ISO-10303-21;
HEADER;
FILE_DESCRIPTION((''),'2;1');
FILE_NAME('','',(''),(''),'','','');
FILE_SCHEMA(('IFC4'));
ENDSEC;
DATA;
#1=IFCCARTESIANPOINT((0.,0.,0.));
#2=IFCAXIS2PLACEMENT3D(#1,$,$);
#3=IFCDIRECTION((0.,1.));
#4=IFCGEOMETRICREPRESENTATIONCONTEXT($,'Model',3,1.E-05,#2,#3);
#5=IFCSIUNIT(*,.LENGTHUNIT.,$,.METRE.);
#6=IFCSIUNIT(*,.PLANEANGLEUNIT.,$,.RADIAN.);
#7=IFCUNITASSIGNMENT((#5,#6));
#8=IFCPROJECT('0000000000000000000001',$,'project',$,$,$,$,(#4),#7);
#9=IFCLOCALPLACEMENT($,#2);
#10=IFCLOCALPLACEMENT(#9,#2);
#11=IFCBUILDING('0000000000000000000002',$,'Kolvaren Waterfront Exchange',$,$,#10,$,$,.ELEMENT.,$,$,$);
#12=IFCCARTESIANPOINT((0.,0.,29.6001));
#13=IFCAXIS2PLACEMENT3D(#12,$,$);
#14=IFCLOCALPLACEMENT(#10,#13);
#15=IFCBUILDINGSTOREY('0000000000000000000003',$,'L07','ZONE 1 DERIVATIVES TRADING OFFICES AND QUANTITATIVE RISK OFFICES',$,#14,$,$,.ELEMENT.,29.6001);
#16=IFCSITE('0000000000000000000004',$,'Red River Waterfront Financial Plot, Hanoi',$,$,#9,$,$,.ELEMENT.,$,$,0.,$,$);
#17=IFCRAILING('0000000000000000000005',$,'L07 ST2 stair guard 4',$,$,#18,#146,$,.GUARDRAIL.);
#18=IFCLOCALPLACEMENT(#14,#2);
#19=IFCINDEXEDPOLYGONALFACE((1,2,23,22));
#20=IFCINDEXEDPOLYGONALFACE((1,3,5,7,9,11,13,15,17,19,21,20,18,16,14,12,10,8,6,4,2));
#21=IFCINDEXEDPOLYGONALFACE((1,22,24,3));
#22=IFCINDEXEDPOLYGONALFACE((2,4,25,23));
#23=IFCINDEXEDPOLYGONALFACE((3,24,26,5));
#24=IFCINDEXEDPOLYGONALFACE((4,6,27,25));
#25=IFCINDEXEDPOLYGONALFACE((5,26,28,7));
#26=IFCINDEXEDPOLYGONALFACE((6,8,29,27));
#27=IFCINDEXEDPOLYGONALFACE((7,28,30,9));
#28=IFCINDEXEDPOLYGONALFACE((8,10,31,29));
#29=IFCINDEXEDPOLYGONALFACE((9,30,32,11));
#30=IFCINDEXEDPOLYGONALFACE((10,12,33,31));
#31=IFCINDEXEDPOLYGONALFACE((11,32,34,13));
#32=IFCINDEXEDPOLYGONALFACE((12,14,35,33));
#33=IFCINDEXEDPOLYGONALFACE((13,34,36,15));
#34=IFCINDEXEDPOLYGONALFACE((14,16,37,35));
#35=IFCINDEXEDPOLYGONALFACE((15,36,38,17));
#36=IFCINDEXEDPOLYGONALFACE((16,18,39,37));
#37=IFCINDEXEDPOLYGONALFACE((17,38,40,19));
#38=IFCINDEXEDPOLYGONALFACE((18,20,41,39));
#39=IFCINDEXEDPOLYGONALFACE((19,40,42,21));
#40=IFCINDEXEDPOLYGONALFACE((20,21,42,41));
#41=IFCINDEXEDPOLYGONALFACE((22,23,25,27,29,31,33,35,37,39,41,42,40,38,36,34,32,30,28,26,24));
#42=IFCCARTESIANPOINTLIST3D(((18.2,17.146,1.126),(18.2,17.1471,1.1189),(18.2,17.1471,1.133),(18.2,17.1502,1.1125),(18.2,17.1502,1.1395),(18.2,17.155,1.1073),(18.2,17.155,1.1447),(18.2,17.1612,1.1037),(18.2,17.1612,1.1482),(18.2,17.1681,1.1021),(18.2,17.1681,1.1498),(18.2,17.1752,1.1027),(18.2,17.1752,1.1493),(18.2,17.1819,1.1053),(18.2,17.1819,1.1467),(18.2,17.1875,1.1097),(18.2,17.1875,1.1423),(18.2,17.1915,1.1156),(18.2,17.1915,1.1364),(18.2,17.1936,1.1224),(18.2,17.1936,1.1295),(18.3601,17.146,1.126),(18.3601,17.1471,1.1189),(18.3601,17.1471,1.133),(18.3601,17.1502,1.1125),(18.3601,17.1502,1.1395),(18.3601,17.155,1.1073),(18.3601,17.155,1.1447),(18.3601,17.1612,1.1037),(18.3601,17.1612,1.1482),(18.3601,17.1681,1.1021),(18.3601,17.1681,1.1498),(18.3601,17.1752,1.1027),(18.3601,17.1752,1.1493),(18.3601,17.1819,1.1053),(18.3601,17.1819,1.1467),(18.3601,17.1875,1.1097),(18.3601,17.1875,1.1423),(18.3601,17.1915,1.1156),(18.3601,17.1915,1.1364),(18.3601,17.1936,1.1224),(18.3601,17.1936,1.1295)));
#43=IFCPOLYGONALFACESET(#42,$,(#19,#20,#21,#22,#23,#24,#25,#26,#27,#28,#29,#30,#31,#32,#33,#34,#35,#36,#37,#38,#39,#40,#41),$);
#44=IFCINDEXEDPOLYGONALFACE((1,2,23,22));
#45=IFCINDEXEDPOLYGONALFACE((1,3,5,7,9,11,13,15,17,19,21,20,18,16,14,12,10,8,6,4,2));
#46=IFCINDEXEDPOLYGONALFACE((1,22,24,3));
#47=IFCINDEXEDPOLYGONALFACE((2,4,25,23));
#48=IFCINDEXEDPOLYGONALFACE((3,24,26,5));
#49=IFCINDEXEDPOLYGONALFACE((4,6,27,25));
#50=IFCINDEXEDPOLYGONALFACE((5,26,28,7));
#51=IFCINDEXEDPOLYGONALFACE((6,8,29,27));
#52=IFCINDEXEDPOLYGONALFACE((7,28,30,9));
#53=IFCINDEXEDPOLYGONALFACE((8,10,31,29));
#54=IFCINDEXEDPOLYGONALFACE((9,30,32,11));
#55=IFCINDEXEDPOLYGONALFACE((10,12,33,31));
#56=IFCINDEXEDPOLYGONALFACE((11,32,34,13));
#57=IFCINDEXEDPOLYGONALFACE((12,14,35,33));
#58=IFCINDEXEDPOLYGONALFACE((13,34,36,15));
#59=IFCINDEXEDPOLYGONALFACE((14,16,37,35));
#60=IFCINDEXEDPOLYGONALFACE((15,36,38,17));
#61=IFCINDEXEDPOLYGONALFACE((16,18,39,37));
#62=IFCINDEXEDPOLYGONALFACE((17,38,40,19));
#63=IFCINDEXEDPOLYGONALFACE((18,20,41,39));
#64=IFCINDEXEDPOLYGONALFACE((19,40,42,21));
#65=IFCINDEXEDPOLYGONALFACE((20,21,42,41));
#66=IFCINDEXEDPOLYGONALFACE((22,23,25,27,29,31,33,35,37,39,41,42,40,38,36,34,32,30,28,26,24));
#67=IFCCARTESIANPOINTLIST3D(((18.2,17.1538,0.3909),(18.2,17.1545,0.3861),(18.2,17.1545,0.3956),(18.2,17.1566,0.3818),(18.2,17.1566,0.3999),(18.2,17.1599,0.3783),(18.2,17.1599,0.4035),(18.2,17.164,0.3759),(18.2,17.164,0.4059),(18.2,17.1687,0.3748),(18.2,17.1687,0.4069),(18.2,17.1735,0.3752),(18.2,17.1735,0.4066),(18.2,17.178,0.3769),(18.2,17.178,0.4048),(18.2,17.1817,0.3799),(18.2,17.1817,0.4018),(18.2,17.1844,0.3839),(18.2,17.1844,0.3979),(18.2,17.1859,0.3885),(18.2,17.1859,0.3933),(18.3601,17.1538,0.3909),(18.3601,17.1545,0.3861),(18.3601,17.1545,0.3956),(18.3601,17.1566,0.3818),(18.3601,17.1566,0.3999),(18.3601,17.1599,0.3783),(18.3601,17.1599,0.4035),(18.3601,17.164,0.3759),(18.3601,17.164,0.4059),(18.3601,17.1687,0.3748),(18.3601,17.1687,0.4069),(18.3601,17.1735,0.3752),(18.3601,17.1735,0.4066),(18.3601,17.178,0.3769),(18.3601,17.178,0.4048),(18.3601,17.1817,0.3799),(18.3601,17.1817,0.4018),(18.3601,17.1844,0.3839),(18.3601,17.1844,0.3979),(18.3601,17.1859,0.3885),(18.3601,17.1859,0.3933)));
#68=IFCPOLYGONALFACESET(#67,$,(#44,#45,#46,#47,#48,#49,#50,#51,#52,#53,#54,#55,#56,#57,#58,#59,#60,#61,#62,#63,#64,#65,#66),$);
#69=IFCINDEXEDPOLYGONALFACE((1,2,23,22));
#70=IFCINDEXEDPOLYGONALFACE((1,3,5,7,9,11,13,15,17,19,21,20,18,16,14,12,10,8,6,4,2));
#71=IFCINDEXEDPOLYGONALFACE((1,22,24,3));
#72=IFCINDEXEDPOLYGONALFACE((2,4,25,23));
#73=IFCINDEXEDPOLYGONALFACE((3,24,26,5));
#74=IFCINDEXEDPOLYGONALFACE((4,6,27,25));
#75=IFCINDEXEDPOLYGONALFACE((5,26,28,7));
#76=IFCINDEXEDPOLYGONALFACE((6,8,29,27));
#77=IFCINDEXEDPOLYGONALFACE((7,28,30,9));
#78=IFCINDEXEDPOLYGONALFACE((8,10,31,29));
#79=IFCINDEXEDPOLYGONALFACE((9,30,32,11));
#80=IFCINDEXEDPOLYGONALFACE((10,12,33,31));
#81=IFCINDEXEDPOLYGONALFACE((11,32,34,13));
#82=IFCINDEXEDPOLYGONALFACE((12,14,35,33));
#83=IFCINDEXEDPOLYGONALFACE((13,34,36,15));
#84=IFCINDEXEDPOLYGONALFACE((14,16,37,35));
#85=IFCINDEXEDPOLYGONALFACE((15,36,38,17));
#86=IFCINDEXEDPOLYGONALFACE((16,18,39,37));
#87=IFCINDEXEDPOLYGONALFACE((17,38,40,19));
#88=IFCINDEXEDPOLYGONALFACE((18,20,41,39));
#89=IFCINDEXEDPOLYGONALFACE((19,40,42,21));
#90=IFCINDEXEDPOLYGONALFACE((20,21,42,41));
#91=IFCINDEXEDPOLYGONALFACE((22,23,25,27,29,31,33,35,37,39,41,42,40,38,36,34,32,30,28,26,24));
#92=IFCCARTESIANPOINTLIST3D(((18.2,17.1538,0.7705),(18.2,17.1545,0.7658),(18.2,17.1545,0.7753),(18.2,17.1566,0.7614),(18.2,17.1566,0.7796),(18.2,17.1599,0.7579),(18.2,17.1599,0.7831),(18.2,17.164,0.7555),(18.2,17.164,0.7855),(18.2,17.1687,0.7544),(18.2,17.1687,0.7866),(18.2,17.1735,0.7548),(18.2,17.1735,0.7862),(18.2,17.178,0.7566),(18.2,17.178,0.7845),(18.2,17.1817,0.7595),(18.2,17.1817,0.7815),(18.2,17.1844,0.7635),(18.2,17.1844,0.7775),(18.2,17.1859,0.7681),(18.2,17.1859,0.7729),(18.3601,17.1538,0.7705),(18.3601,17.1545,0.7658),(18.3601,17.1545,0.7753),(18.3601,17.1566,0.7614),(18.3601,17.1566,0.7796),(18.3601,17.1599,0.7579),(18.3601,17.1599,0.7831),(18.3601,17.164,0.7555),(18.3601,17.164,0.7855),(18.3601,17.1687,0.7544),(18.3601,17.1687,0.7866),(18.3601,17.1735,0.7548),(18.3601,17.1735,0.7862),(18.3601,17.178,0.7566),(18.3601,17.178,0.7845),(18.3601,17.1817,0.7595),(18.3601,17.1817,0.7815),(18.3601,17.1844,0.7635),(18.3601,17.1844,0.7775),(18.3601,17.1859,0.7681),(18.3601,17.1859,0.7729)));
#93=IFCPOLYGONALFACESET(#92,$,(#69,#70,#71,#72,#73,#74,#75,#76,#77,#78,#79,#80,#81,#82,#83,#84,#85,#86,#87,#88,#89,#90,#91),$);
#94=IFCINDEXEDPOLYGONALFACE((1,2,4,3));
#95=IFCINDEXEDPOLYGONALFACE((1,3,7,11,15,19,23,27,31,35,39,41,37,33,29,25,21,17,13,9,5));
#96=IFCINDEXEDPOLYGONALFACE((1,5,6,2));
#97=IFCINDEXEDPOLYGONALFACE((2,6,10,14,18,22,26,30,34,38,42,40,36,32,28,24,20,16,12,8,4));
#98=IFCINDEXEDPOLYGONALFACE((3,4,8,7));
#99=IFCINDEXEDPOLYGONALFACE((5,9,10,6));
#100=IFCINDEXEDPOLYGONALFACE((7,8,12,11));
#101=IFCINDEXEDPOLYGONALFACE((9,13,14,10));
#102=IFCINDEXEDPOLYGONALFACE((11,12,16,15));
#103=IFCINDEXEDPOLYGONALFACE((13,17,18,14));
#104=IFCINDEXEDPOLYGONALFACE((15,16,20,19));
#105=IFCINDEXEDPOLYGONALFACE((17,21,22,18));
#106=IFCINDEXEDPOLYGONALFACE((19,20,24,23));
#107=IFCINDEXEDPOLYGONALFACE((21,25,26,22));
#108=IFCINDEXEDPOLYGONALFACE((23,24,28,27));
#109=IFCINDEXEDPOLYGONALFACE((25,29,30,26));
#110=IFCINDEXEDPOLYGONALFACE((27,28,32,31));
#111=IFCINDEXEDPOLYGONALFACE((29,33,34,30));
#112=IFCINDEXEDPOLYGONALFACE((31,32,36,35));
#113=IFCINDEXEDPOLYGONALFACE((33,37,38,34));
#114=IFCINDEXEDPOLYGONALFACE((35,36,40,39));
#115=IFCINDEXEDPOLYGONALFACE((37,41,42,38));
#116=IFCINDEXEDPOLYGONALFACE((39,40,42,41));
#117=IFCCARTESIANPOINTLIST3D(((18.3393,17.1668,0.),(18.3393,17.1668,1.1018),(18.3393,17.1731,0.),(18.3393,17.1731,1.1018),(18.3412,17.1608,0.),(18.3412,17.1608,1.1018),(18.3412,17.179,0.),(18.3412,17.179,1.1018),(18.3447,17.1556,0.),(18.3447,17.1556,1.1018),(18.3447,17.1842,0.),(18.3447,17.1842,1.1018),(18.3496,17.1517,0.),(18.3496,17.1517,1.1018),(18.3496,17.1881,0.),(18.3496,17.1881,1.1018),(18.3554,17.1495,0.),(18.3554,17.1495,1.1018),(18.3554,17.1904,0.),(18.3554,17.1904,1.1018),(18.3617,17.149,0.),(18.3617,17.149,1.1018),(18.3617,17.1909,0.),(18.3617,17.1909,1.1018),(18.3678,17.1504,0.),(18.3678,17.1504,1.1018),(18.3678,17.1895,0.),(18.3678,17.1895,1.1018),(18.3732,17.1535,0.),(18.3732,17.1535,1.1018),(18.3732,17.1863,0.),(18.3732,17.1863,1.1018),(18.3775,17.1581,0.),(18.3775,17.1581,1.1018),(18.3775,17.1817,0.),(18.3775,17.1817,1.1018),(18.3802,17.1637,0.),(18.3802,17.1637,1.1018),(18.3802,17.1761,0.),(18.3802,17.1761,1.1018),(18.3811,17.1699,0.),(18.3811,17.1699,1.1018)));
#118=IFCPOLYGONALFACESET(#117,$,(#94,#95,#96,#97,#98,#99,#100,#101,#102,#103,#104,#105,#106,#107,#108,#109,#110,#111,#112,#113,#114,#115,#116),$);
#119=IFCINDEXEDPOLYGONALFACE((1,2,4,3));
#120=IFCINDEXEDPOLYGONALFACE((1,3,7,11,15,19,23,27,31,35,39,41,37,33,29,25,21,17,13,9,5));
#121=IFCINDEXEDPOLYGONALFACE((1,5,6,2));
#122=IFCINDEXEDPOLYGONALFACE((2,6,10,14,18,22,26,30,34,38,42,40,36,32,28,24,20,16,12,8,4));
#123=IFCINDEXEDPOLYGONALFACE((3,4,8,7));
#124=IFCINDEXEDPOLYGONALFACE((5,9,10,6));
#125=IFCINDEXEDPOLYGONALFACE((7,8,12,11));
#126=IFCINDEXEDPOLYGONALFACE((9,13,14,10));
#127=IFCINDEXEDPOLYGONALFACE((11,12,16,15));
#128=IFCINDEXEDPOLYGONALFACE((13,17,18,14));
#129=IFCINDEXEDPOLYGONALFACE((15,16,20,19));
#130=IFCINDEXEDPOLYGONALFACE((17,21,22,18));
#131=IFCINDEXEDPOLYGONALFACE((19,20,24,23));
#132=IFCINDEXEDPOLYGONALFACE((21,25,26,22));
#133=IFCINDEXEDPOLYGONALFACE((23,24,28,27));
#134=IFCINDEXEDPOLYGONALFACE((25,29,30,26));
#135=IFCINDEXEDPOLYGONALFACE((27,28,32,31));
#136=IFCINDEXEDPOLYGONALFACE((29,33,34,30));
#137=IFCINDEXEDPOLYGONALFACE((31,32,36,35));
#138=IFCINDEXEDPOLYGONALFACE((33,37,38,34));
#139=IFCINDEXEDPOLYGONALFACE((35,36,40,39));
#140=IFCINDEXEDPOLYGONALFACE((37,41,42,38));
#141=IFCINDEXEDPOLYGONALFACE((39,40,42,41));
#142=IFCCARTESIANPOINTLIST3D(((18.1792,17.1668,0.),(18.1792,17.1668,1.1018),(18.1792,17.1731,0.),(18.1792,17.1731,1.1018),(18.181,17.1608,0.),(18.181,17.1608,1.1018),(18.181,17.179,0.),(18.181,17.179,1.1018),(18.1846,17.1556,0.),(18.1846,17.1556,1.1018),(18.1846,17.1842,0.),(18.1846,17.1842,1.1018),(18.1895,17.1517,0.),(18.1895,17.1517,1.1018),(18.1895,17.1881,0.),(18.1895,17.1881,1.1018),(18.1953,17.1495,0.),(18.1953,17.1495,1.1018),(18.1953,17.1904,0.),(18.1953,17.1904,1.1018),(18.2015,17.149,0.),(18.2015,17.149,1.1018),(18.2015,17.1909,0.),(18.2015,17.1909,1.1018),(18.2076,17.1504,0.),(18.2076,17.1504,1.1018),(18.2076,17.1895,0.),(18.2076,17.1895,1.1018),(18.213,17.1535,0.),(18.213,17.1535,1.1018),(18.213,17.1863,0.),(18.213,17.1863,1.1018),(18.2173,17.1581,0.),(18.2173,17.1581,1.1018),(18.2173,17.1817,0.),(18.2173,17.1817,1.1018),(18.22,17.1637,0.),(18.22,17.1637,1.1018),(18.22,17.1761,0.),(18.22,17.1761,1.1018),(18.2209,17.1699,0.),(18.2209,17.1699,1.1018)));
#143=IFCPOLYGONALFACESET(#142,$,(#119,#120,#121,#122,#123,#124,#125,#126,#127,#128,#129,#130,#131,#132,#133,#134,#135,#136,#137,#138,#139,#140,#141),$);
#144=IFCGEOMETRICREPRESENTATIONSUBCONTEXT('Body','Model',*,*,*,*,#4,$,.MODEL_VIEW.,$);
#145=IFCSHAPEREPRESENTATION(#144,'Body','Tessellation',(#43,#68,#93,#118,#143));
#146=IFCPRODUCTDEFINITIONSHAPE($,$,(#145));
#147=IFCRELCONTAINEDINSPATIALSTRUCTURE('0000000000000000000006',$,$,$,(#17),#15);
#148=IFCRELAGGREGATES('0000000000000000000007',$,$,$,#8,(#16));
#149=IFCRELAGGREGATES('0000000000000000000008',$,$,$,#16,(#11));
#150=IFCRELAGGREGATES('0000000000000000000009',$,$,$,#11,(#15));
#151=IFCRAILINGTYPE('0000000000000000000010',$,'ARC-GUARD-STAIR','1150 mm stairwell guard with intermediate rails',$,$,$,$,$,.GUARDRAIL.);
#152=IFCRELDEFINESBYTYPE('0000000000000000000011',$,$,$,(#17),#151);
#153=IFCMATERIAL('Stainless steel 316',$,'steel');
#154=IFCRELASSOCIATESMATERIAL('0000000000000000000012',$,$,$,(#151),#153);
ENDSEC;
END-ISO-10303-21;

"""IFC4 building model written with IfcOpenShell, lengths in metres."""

from ifc_helpers import new_model, si_unit, direction, frame, origin, origin_2d, place, context, subcontext, project, spatial, circle, extrude, material, type_object, element, save


model = new_model("IFC4")

# Units and contexts
model_context = context("Model", 3, precision=1e-05, world=origin(), true_north=direction((0.0, 1.0)))
body_context = subcontext(model_context, "Body", "Model", "MODEL_VIEW")
ifc_project = project(units=[si_unit("LENGTHUNIT", "METRE"), si_unit("PLANEANGLEUNIT", "RADIAN")], contexts=[model_context])

# Site, building, storey
site_placement = place(None, origin())
site = spatial("IfcSite", under=ifc_project, at=site_placement, Name="Red River Waterfront Financial Plot, Hanoi", CompositionType="ELEMENT", RefElevation=0.0)
building_placement = place(site_placement, origin())
building = spatial("IfcBuilding", under=site, at=building_placement, Name="Kolvaren Waterfront Exchange", CompositionType="ELEMENT")
storey_placement = place(building_placement, frame((0.0, 0.0, 29.6001)))
storey = spatial("IfcBuildingStorey", under=building, at=storey_placement, Name="L07", Description="ZONE 1 DERIVATIVES TRADING OFFICES AND QUANTITATIVE RISK OFFICES", CompositionType="ELEMENT", Elevation=29.6001)

# Railing
ifc_material_1 = material(Name="Stainless steel 316", Category="steel")
railing_type_1 = type_object("IfcRailingType", Name="ARC-GUARD-STAIR", Description="1150 mm stairwell guard with intermediate rails", PredefinedType="GUARDRAIL", material=ifc_material_1)
railing_1_placement = place(storey_placement, frame((18.3601, 17.1699, 0.0)))
element("IfcRailing", 1, at=railing_1_placement, inside=storey, type_object=railing_type_1, Name="L07 ST2 stair guard 4", PredefinedType="GUARDRAIL", context=body_context, shape_type="SweptSolid", body=[
    extrude(circle(Radius=0.0239, at=origin_2d()), frame((0.0, 0.0, 1.126), z_axis=(-1.0, 0.0, 0.0), x_axis=(0.0, -1.0, 0.0)), (0.0, 0.0, 1.0), 0.1602),
    extrude(circle(Radius=0.0161, at=origin_2d()), frame((0.0, 0.0, 0.3909), z_axis=(-1.0, 0.0, 0.0), x_axis=(0.0, -1.0, 0.0)), (0.0, 0.0, 1.0), 0.1602),
    extrude(circle(Radius=0.0161, at=origin_2d()), frame((0.0, 0.0, 0.7705), z_axis=(-1.0, 0.0, 0.0), x_axis=(0.0, -1.0, 0.0)), (0.0, 0.0, 1.0), 0.1602),
    extrude(circle(Radius=0.021, at=origin_2d()), origin(), (0.0, 0.0, 1.0), 1.1018),
    extrude(circle(Radius=0.021, at=origin_2d()), frame((-0.1602, 0.0, 0.0)), (0.0, 0.0, 1.0), 1.1018),
])

save(model, "model.ifc")
